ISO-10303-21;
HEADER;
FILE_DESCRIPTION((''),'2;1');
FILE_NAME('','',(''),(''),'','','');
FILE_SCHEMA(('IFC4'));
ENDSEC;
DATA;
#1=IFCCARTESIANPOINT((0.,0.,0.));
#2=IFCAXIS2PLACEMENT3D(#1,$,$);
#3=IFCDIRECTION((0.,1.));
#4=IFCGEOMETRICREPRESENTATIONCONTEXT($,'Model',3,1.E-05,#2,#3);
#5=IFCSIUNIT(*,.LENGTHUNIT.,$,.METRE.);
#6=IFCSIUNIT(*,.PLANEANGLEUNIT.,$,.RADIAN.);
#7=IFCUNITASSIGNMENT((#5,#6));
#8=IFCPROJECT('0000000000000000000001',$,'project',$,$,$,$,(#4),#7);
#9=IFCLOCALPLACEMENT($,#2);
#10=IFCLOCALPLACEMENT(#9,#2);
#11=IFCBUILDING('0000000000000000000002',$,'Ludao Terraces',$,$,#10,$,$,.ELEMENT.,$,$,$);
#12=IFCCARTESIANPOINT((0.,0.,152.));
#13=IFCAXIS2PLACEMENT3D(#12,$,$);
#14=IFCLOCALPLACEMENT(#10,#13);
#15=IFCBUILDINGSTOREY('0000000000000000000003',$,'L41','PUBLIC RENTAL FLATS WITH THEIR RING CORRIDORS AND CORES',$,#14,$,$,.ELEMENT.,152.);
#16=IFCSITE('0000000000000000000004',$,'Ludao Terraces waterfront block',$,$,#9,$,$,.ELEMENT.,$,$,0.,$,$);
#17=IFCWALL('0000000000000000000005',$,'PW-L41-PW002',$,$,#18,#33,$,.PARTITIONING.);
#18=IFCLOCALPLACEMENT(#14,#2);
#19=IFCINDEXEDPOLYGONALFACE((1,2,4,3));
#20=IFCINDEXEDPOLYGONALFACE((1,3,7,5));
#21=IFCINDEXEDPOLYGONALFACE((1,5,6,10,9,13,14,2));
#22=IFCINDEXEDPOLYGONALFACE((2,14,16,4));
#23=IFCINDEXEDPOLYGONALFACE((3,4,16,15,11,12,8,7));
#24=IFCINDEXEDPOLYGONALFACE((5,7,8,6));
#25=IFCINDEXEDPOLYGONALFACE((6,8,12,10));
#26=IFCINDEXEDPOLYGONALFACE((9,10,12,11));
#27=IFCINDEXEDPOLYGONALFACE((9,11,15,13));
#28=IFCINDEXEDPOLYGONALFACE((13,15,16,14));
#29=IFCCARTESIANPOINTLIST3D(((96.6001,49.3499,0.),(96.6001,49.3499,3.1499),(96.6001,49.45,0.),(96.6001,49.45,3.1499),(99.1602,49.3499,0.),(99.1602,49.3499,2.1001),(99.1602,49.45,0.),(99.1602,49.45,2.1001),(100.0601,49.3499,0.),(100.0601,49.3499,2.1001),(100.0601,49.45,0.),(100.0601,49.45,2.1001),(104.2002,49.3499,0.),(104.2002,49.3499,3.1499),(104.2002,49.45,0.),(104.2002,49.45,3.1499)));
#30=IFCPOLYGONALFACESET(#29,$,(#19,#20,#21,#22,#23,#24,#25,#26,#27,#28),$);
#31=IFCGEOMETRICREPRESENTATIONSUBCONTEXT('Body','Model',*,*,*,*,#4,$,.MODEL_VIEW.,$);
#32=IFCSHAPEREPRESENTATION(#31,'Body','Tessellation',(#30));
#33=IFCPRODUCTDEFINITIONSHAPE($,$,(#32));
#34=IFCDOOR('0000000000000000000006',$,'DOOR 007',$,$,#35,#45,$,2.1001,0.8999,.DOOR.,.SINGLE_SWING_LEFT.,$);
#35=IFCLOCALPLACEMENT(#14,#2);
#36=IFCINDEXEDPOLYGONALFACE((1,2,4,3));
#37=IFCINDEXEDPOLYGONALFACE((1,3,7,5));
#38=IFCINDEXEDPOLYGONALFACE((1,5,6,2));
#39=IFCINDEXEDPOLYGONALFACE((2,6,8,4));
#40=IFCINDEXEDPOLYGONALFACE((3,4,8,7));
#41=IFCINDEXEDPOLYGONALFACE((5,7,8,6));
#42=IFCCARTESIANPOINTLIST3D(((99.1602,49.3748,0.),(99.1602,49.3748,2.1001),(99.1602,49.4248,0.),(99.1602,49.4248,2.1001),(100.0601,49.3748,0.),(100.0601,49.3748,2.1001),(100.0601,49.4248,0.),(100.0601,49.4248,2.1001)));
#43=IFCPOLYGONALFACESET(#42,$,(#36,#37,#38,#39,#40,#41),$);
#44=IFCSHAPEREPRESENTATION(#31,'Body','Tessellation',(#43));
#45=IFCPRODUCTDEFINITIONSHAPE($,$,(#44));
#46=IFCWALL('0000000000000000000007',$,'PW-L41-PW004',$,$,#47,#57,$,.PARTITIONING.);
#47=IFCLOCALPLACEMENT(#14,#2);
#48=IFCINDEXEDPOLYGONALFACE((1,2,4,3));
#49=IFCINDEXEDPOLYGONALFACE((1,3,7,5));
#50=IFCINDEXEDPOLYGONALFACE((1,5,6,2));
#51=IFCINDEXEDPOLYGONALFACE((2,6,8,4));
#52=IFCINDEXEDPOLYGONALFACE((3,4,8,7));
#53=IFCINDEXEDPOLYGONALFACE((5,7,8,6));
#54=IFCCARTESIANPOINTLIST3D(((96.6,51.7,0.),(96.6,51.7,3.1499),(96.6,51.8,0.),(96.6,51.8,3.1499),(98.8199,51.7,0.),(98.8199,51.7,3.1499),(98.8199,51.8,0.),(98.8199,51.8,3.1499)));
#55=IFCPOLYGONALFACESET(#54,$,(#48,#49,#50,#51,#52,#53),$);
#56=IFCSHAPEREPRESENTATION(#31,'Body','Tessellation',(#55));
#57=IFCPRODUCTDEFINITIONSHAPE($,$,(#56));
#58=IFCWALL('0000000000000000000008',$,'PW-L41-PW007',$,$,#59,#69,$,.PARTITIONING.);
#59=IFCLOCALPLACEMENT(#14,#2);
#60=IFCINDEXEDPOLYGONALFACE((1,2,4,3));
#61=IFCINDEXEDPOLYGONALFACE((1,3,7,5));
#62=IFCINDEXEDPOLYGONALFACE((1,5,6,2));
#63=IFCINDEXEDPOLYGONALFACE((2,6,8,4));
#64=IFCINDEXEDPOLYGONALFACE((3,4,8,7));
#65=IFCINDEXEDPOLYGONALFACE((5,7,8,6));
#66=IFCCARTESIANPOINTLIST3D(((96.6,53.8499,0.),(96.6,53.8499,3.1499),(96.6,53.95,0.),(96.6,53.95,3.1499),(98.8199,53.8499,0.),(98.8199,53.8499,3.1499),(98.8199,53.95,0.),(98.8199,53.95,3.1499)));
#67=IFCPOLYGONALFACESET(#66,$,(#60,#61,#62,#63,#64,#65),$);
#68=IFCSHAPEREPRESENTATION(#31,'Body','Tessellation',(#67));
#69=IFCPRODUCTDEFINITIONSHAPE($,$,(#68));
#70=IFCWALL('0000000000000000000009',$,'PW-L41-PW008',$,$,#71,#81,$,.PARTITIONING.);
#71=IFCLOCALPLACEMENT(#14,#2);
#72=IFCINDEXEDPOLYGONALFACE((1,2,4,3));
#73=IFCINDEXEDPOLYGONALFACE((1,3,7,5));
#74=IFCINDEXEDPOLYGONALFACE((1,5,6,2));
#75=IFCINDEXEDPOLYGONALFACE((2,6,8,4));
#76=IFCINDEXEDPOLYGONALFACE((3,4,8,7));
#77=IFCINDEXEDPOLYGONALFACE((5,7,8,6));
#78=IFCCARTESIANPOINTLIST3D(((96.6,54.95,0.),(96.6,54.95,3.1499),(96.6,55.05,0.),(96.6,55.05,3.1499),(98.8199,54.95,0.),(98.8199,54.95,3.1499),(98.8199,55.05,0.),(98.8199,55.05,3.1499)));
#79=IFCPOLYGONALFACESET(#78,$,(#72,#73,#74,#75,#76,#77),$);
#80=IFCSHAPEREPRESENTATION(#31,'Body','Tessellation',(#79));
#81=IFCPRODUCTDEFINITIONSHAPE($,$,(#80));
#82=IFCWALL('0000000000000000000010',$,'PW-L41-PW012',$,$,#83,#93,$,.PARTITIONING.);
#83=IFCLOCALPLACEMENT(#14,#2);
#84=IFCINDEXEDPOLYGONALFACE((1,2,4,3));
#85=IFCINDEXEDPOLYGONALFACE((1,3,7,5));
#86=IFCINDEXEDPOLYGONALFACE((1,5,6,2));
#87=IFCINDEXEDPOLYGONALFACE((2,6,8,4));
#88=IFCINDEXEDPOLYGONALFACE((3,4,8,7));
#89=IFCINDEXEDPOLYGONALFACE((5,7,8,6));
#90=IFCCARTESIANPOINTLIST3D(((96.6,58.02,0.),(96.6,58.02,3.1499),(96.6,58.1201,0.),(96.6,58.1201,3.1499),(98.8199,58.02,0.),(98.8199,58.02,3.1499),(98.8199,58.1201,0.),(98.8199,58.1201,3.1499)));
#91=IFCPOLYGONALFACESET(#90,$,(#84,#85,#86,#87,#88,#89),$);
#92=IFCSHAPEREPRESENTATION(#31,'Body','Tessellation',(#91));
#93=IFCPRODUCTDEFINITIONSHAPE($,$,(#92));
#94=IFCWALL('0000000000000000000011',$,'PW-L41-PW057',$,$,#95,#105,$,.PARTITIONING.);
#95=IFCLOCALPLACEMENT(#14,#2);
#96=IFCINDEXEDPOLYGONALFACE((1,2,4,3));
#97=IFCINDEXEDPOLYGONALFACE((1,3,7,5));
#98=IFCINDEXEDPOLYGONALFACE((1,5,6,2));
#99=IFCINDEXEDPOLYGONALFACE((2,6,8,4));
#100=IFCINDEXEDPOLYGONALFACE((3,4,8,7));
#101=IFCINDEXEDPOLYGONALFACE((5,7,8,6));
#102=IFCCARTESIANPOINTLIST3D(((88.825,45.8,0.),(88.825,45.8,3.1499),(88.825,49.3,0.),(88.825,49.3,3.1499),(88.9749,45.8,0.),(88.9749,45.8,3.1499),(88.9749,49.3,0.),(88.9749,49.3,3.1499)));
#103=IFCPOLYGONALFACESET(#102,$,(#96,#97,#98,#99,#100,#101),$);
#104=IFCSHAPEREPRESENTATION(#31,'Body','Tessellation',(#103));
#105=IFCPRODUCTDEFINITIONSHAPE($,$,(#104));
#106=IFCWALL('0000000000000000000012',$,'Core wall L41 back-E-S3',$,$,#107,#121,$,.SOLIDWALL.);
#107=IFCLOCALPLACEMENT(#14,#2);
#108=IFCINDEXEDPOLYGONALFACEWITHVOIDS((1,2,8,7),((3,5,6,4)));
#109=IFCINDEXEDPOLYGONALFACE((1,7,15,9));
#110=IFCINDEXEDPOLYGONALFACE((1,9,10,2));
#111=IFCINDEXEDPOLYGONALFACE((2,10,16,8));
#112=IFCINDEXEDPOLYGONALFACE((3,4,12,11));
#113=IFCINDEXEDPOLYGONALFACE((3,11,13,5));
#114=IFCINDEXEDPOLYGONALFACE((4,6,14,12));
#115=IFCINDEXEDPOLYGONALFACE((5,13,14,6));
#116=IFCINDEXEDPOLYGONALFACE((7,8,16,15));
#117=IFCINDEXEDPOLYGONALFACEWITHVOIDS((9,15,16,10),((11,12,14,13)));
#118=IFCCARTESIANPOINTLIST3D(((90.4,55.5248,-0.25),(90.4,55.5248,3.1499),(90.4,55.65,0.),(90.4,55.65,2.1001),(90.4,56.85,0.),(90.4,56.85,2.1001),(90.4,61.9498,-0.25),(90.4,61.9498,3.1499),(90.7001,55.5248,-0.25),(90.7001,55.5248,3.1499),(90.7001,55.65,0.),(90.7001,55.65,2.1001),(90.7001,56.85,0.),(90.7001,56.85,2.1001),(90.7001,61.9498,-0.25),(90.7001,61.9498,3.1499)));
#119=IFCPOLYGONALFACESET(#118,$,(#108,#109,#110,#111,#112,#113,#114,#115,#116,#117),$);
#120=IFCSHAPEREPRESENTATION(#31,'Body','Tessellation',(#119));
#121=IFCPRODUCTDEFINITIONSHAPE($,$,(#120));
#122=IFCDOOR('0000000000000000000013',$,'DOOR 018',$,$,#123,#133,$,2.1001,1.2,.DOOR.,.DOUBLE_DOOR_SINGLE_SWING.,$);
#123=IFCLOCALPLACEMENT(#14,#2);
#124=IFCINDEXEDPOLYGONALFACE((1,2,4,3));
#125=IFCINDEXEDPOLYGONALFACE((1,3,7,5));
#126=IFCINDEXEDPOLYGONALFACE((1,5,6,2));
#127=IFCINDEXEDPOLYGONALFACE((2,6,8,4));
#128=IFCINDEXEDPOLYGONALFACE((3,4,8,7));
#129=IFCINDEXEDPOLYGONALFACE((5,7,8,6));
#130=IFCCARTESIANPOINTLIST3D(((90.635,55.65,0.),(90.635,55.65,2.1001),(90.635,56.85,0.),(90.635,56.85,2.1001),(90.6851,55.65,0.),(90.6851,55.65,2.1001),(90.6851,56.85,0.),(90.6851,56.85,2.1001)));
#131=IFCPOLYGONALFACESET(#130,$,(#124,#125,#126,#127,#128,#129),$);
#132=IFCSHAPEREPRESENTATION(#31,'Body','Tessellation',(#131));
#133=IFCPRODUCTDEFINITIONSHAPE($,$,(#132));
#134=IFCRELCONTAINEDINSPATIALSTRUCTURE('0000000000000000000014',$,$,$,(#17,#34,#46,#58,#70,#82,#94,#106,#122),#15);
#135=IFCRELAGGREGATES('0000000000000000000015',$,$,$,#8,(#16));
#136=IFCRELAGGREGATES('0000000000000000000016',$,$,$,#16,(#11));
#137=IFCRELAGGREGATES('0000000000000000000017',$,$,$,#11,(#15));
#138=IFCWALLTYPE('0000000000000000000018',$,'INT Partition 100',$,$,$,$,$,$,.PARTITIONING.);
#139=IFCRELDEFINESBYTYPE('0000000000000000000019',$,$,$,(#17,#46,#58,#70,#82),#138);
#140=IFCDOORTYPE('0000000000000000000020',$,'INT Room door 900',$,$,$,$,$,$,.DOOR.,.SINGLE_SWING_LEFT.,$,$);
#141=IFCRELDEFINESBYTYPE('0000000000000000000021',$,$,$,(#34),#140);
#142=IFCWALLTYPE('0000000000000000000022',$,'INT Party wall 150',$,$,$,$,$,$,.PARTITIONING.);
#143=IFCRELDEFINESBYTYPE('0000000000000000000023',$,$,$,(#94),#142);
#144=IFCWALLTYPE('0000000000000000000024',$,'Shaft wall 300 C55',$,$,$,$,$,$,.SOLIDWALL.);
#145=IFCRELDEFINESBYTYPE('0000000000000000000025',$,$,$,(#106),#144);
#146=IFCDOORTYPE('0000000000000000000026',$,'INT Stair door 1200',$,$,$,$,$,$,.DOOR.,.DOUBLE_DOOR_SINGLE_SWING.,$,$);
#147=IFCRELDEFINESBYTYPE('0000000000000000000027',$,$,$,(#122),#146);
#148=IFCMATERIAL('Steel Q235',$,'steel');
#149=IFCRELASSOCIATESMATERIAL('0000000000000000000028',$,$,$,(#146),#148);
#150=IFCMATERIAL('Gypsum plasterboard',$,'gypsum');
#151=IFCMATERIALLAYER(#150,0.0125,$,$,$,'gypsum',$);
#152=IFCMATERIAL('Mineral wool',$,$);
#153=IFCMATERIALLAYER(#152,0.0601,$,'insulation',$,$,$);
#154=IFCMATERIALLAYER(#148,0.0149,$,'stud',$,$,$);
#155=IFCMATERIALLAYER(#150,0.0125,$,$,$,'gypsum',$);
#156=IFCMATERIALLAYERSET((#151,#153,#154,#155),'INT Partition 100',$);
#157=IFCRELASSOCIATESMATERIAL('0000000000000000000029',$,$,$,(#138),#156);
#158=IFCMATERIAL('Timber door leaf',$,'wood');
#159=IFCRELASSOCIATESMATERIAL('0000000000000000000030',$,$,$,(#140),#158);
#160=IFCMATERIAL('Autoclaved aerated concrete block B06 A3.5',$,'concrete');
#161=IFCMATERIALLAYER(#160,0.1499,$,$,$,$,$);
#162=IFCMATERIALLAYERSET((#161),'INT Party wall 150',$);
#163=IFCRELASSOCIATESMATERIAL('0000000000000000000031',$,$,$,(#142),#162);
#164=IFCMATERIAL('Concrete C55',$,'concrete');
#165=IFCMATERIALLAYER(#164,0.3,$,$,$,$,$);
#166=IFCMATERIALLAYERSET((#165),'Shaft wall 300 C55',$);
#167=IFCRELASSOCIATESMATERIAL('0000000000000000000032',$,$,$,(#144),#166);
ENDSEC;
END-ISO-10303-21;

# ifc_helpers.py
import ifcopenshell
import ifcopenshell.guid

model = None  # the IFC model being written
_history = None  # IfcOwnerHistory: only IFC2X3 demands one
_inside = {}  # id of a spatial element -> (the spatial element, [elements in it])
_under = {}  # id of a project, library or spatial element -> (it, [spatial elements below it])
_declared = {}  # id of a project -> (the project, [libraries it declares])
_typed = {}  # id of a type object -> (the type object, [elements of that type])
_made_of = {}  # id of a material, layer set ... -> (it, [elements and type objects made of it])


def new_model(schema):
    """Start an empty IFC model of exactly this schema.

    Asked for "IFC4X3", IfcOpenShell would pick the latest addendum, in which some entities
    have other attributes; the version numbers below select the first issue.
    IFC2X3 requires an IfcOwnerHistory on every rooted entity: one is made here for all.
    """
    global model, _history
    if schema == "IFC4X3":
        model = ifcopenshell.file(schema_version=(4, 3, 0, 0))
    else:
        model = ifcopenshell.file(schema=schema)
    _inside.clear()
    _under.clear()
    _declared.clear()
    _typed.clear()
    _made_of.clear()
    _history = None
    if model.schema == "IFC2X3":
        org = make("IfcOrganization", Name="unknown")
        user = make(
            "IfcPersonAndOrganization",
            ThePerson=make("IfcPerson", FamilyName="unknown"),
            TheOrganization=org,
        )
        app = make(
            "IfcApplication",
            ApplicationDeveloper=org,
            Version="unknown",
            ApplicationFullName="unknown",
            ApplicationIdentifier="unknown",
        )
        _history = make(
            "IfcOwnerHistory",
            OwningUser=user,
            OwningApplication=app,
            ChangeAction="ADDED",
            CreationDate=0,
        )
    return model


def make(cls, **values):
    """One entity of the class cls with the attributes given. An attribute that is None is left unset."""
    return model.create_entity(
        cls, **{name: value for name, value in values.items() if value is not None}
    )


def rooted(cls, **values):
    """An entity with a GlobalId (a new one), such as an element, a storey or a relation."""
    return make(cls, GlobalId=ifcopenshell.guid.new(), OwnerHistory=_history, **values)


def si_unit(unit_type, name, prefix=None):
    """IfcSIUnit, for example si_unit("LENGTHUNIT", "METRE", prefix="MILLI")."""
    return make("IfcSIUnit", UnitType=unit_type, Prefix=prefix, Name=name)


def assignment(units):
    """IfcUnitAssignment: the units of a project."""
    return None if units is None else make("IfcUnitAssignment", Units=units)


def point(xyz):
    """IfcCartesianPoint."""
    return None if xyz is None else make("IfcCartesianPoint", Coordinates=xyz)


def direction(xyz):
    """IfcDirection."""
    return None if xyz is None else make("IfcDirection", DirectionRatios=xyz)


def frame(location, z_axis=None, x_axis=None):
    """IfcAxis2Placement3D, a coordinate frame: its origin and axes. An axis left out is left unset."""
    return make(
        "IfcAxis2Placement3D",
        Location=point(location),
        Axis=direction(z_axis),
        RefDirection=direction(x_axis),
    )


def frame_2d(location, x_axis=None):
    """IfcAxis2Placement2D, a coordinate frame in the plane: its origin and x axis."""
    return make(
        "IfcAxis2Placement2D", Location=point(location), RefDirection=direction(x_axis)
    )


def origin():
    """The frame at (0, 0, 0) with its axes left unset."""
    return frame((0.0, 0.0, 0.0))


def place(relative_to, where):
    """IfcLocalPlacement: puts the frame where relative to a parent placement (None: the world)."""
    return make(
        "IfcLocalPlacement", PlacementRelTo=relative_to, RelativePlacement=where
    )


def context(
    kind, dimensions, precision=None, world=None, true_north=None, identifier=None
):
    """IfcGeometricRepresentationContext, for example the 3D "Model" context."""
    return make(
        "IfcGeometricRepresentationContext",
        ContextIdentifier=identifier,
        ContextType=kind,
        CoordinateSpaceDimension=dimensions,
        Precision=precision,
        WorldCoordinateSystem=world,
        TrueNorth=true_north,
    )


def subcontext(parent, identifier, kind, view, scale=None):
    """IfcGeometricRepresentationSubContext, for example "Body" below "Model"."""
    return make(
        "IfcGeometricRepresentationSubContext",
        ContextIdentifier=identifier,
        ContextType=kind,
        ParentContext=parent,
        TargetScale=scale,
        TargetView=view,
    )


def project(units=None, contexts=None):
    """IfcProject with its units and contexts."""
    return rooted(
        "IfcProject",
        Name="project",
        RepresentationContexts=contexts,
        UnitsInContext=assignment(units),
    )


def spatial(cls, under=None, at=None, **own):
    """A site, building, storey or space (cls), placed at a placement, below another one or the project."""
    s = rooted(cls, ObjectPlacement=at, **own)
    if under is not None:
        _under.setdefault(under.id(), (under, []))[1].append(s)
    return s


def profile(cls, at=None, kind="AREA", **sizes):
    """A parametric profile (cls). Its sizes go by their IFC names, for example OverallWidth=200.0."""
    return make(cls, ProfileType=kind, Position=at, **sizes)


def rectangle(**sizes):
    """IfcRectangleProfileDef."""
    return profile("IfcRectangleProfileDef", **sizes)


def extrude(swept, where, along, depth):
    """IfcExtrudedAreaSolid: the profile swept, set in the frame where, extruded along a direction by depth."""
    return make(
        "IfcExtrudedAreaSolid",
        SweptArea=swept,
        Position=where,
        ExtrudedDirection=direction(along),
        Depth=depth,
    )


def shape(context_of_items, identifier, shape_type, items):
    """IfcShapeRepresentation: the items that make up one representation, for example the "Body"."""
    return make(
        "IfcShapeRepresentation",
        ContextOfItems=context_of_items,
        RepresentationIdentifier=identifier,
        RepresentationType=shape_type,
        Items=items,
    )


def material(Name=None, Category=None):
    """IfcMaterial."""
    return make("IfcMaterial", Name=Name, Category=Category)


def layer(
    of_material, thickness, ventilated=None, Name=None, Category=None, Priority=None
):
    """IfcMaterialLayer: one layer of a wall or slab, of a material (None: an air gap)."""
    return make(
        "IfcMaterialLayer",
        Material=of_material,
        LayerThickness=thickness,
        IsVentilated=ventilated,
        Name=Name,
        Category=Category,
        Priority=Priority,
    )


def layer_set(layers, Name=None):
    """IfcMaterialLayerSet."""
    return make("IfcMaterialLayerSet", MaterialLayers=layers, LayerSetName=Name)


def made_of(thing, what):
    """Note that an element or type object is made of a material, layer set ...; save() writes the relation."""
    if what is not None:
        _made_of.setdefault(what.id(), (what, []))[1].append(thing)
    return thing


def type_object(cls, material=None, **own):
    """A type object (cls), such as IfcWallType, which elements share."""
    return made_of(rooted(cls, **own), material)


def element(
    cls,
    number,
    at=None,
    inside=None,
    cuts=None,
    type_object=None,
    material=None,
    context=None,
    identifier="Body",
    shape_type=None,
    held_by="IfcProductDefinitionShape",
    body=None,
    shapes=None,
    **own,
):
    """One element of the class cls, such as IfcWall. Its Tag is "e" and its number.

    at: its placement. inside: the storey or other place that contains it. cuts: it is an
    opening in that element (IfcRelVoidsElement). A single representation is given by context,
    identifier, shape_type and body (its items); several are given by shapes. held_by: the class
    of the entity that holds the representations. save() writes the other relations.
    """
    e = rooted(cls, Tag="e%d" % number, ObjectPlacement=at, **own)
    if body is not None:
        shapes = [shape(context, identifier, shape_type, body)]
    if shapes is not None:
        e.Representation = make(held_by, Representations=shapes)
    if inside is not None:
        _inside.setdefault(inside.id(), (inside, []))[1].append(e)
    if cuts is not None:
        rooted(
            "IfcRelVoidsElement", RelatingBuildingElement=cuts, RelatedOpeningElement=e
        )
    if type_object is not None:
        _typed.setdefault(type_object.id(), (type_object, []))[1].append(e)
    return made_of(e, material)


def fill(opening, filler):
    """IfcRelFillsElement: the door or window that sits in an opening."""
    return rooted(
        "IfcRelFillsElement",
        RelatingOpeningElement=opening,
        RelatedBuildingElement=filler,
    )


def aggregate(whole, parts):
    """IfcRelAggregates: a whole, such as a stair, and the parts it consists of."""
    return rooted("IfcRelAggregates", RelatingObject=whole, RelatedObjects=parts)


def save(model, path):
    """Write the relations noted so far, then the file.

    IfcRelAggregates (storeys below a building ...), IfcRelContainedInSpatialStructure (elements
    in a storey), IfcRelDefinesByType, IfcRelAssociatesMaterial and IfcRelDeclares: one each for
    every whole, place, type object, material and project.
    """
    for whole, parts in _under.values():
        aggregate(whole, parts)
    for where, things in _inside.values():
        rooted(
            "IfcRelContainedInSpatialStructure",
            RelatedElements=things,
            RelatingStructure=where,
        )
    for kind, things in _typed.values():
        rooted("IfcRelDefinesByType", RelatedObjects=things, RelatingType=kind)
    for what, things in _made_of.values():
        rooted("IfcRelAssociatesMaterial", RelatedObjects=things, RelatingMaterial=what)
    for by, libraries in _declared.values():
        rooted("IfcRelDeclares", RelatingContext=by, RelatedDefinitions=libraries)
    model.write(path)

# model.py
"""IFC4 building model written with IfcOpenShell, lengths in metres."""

from ifc_helpers import new_model, si_unit, direction, frame, frame_2d, origin, place, context, subcontext, project, spatial, rectangle, extrude, material, layer, layer_set, type_object, element, fill, save


model = new_model("IFC4")

# Units and contexts
model_context = context("Model", 3, precision=1e-05, world=origin(), true_north=direction((0.0, 1.0)))
body_context = subcontext(model_context, "Body", "Model", "MODEL_VIEW")
ifc_project = project(units=[si_unit("LENGTHUNIT", "METRE"), si_unit("PLANEANGLEUNIT", "RADIAN")], contexts=[model_context])

# Site, building, storey
site_placement = place(None, origin())
site = spatial("IfcSite", under=ifc_project, at=site_placement, Name="Ludao Terraces waterfront block", CompositionType="ELEMENT", RefElevation=0.0)
building_placement = place(site_placement, origin())
building = spatial("IfcBuilding", under=site, at=building_placement, Name="Ludao Terraces", CompositionType="ELEMENT")
storey_placement = place(building_placement, frame((0.0, 0.0, 152.0)))
storey = spatial("IfcBuildingStorey", under=building, at=storey_placement, Name="L41", Description="PUBLIC RENTAL FLATS WITH THEIR RING CORRIDORS AND CORES", CompositionType="ELEMENT", Elevation=152.0)

# Shared definitions
ifc_material_1 = material(Name="Steel Q235", Category="steel")
door_type_1 = type_object("IfcDoorType", Name="INT Stair door 1200", OperationType="DOUBLE_DOOR_SINGLE_SWING", PredefinedType="DOOR", material=ifc_material_1)

# Shared definitions
ifc_material_2 = material(Name="Mineral wool")

# Wall, opening, door
ifc_material_3 = material(Name="Gypsum plasterboard", Category="gypsum")
ifc_layer_1 = layer(ifc_material_3, 0.0125, Category="gypsum")
ifc_layer_2 = layer(ifc_material_2, 0.0601, Name="insulation")
ifc_layer_3 = layer(ifc_material_1, 0.0149, Name="stud")
ifc_layer_4 = layer(ifc_material_3, 0.0125, Category="gypsum")
ifc_layer_set_1 = layer_set([ifc_layer_1, ifc_layer_2, ifc_layer_3, ifc_layer_4], Name="INT Partition 100")
wall_type_1 = type_object("IfcWallType", Name="INT Partition 100", PredefinedType="PARTITIONING", material=ifc_layer_set_1)
wall_1_placement = place(storey_placement, frame((96.6001, 49.3999, 0.0), z_axis=(0.0, 0.0, 1.0), x_axis=(1.0, 0.0, 0.0)))
wall_1 = element("IfcWall", 1, at=wall_1_placement, inside=storey, type_object=wall_type_1, Name="PW-L41-PW002", PredefinedType="PARTITIONING", context=body_context, shape_type="SweptSolid", body=[
    extrude(rectangle(XDim=7.6001, YDim=0.1001, at=frame_2d((3.8, 0.0))), origin(), (0.0, 0.0, 1.0), 3.1499),
])
opening_1_placement = place(wall_1_placement, frame((2.5601, 0.0, 0.0)))
opening_1 = element("IfcOpeningElement", 2, at=opening_1_placement, cuts=wall_1, PredefinedType="OPENING", context=body_context, shape_type="SweptSolid", body=[
    extrude(rectangle(XDim=0.8999, YDim=2.1001, at=frame_2d((0.45, 1.05))), frame((0.0, 0.0601, 0.0), z_axis=(0.0, -1.0, 0.0), x_axis=(1.0, 0.0, 0.0)), (0.0, 0.0, 1.0), 0.1201),
])
ifc_material_4 = material(Name="Timber door leaf", Category="wood")
door_type_2 = type_object("IfcDoorType", Name="INT Room door 900", OperationType="SINGLE_SWING_LEFT", PredefinedType="DOOR", material=ifc_material_4)
door_1_placement = place(opening_1_placement, origin())
door_1 = element("IfcDoor", 3, at=door_1_placement, inside=storey, type_object=door_type_2, Name="DOOR 007", OperationType="SINGLE_SWING_LEFT", OverallHeight=2.1001, OverallWidth=0.8999, PredefinedType="DOOR", context=body_context, shape_type="SweptSolid", body=[
    extrude(rectangle(XDim=0.8999, YDim=2.1001, at=frame_2d((0.45, 1.05))), frame((0.0, 0.0249, 0.0), z_axis=(0.0, -1.0, 0.0), x_axis=(1.0, 0.0, 0.0)), (0.0, 0.0, 1.0), 0.05),
])
fill(opening_1, door_1)

# Walls
for number, where, z_axis, x_axis, name in (
    (4, (96.6001, 51.75, 0.0), (0.0, 0.0, 1.0), (1.0, 0.0, 0.0), "PW-L41-PW004"),
    (5, (96.6001, 53.8999, 0.0), (0.0, 0.0, 1.0), (1.0, 0.0, 0.0), "PW-L41-PW007"),
    (6, (96.6001, 55.0, 0.0), (0.0, 0.0, 1.0), (1.0, 0.0, 0.0), "PW-L41-PW008"),
    (7, (96.6001, 58.0701, 0.0), (0.0, 0.0, 1.0), (1.0, 0.0, 0.0), "PW-L41-PW012"),
):
    element("IfcWall", number, at=place(storey_placement, frame(where, z_axis=z_axis, x_axis=x_axis)), inside=storey, type_object=wall_type_1, Name=name, PredefinedType="PARTITIONING", context=body_context, shape_type="SweptSolid", body=[
        extrude(rectangle(XDim=2.22, YDim=0.1001, at=frame_2d((1.1099, 0.0))), origin(), (0.0, 0.0, 1.0), 3.1499),
    ])
ifc_material_5 = material(Name="Autoclaved aerated concrete block B06 A3.5", Category="concrete")
ifc_layer_5 = layer(ifc_material_5, 0.1499)
ifc_layer_set_2 = layer_set([ifc_layer_5], Name="INT Party wall 150")
wall_type_2 = type_object("IfcWallType", Name="INT Party wall 150", PredefinedType="PARTITIONING", material=ifc_layer_set_2)
wall_2_placement = place(storey_placement, frame((88.8999, 45.8, 0.0), z_axis=(0.0, 0.0, 1.0), x_axis=(0.0, 1.0, 0.0)))
element("IfcWall", 8, at=wall_2_placement, inside=storey, type_object=wall_type_2, Name="PW-L41-PW057", PredefinedType="PARTITIONING", context=body_context, shape_type="SweptSolid", body=[
    extrude(rectangle(XDim=3.5, YDim=0.1499, at=frame_2d((1.75, 0.0))), origin(), (0.0, 0.0, 1.0), 3.1499),
])

# Wall, opening, door
ifc_material_6 = material(Name="Concrete C55", Category="concrete")
ifc_layer_6 = layer(ifc_material_6, 0.3)
ifc_layer_set_3 = layer_set([ifc_layer_6], Name="Shaft wall 300 C55")
wall_type_3 = type_object("IfcWallType", Name="Shaft wall 300 C55", PredefinedType="SOLIDWALL", material=ifc_layer_set_3)
wall_3_placement = place(storey_placement, frame((90.55, 55.5249, -0.25), z_axis=(0.0, 0.0, 1.0), x_axis=(0.0, 1.0, 0.0)))
wall_3 = element("IfcWall", 9, at=wall_3_placement, inside=storey, type_object=wall_type_3, Name="Core wall L41 back-E-S3", PredefinedType="SOLIDWALL", context=body_context, shape_type="SweptSolid", body=[
    extrude(rectangle(XDim=6.425, YDim=0.3, at=frame_2d((3.2124, 0.0))), origin(), (0.0, 0.0, 1.0), 3.3999),
])
opening_2_placement = place(wall_3_placement, frame((0.125, 0.0, 0.25)))
opening_2 = element("IfcOpeningElement", 10, at=opening_2_placement, cuts=wall_3, PredefinedType="OPENING", context=body_context, shape_type="SweptSolid", body=[
    extrude(rectangle(XDim=1.2, YDim=2.1001, at=frame_2d((0.6001, 1.05))), frame((0.0, 0.1602, 0.0), z_axis=(0.0, -1.0, 0.0), x_axis=(1.0, 0.0, 0.0)), (0.0, 0.0, 1.0), 0.3201),
])
door_2_placement = place(opening_2_placement, origin())
door_2 = element("IfcDoor", 11, at=door_2_placement, inside=storey, type_object=door_type_1, Name="DOOR 018", OperationType="DOUBLE_DOOR_SINGLE_SWING", OverallHeight=2.1001, OverallWidth=1.2, PredefinedType="DOOR", context=body_context, shape_type="SweptSolid", body=[
    extrude(rectangle(XDim=1.2, YDim=2.1001, at=frame_2d((0.6001, 1.05))), frame((0.0, -0.085, 0.0), z_axis=(0.0, -1.0, 0.0), x_axis=(1.0, 0.0, 0.0)), (0.0, 0.0, 1.0), 0.05),
])
fill(opening_2, door_2)

save(model, "model.ifc")
